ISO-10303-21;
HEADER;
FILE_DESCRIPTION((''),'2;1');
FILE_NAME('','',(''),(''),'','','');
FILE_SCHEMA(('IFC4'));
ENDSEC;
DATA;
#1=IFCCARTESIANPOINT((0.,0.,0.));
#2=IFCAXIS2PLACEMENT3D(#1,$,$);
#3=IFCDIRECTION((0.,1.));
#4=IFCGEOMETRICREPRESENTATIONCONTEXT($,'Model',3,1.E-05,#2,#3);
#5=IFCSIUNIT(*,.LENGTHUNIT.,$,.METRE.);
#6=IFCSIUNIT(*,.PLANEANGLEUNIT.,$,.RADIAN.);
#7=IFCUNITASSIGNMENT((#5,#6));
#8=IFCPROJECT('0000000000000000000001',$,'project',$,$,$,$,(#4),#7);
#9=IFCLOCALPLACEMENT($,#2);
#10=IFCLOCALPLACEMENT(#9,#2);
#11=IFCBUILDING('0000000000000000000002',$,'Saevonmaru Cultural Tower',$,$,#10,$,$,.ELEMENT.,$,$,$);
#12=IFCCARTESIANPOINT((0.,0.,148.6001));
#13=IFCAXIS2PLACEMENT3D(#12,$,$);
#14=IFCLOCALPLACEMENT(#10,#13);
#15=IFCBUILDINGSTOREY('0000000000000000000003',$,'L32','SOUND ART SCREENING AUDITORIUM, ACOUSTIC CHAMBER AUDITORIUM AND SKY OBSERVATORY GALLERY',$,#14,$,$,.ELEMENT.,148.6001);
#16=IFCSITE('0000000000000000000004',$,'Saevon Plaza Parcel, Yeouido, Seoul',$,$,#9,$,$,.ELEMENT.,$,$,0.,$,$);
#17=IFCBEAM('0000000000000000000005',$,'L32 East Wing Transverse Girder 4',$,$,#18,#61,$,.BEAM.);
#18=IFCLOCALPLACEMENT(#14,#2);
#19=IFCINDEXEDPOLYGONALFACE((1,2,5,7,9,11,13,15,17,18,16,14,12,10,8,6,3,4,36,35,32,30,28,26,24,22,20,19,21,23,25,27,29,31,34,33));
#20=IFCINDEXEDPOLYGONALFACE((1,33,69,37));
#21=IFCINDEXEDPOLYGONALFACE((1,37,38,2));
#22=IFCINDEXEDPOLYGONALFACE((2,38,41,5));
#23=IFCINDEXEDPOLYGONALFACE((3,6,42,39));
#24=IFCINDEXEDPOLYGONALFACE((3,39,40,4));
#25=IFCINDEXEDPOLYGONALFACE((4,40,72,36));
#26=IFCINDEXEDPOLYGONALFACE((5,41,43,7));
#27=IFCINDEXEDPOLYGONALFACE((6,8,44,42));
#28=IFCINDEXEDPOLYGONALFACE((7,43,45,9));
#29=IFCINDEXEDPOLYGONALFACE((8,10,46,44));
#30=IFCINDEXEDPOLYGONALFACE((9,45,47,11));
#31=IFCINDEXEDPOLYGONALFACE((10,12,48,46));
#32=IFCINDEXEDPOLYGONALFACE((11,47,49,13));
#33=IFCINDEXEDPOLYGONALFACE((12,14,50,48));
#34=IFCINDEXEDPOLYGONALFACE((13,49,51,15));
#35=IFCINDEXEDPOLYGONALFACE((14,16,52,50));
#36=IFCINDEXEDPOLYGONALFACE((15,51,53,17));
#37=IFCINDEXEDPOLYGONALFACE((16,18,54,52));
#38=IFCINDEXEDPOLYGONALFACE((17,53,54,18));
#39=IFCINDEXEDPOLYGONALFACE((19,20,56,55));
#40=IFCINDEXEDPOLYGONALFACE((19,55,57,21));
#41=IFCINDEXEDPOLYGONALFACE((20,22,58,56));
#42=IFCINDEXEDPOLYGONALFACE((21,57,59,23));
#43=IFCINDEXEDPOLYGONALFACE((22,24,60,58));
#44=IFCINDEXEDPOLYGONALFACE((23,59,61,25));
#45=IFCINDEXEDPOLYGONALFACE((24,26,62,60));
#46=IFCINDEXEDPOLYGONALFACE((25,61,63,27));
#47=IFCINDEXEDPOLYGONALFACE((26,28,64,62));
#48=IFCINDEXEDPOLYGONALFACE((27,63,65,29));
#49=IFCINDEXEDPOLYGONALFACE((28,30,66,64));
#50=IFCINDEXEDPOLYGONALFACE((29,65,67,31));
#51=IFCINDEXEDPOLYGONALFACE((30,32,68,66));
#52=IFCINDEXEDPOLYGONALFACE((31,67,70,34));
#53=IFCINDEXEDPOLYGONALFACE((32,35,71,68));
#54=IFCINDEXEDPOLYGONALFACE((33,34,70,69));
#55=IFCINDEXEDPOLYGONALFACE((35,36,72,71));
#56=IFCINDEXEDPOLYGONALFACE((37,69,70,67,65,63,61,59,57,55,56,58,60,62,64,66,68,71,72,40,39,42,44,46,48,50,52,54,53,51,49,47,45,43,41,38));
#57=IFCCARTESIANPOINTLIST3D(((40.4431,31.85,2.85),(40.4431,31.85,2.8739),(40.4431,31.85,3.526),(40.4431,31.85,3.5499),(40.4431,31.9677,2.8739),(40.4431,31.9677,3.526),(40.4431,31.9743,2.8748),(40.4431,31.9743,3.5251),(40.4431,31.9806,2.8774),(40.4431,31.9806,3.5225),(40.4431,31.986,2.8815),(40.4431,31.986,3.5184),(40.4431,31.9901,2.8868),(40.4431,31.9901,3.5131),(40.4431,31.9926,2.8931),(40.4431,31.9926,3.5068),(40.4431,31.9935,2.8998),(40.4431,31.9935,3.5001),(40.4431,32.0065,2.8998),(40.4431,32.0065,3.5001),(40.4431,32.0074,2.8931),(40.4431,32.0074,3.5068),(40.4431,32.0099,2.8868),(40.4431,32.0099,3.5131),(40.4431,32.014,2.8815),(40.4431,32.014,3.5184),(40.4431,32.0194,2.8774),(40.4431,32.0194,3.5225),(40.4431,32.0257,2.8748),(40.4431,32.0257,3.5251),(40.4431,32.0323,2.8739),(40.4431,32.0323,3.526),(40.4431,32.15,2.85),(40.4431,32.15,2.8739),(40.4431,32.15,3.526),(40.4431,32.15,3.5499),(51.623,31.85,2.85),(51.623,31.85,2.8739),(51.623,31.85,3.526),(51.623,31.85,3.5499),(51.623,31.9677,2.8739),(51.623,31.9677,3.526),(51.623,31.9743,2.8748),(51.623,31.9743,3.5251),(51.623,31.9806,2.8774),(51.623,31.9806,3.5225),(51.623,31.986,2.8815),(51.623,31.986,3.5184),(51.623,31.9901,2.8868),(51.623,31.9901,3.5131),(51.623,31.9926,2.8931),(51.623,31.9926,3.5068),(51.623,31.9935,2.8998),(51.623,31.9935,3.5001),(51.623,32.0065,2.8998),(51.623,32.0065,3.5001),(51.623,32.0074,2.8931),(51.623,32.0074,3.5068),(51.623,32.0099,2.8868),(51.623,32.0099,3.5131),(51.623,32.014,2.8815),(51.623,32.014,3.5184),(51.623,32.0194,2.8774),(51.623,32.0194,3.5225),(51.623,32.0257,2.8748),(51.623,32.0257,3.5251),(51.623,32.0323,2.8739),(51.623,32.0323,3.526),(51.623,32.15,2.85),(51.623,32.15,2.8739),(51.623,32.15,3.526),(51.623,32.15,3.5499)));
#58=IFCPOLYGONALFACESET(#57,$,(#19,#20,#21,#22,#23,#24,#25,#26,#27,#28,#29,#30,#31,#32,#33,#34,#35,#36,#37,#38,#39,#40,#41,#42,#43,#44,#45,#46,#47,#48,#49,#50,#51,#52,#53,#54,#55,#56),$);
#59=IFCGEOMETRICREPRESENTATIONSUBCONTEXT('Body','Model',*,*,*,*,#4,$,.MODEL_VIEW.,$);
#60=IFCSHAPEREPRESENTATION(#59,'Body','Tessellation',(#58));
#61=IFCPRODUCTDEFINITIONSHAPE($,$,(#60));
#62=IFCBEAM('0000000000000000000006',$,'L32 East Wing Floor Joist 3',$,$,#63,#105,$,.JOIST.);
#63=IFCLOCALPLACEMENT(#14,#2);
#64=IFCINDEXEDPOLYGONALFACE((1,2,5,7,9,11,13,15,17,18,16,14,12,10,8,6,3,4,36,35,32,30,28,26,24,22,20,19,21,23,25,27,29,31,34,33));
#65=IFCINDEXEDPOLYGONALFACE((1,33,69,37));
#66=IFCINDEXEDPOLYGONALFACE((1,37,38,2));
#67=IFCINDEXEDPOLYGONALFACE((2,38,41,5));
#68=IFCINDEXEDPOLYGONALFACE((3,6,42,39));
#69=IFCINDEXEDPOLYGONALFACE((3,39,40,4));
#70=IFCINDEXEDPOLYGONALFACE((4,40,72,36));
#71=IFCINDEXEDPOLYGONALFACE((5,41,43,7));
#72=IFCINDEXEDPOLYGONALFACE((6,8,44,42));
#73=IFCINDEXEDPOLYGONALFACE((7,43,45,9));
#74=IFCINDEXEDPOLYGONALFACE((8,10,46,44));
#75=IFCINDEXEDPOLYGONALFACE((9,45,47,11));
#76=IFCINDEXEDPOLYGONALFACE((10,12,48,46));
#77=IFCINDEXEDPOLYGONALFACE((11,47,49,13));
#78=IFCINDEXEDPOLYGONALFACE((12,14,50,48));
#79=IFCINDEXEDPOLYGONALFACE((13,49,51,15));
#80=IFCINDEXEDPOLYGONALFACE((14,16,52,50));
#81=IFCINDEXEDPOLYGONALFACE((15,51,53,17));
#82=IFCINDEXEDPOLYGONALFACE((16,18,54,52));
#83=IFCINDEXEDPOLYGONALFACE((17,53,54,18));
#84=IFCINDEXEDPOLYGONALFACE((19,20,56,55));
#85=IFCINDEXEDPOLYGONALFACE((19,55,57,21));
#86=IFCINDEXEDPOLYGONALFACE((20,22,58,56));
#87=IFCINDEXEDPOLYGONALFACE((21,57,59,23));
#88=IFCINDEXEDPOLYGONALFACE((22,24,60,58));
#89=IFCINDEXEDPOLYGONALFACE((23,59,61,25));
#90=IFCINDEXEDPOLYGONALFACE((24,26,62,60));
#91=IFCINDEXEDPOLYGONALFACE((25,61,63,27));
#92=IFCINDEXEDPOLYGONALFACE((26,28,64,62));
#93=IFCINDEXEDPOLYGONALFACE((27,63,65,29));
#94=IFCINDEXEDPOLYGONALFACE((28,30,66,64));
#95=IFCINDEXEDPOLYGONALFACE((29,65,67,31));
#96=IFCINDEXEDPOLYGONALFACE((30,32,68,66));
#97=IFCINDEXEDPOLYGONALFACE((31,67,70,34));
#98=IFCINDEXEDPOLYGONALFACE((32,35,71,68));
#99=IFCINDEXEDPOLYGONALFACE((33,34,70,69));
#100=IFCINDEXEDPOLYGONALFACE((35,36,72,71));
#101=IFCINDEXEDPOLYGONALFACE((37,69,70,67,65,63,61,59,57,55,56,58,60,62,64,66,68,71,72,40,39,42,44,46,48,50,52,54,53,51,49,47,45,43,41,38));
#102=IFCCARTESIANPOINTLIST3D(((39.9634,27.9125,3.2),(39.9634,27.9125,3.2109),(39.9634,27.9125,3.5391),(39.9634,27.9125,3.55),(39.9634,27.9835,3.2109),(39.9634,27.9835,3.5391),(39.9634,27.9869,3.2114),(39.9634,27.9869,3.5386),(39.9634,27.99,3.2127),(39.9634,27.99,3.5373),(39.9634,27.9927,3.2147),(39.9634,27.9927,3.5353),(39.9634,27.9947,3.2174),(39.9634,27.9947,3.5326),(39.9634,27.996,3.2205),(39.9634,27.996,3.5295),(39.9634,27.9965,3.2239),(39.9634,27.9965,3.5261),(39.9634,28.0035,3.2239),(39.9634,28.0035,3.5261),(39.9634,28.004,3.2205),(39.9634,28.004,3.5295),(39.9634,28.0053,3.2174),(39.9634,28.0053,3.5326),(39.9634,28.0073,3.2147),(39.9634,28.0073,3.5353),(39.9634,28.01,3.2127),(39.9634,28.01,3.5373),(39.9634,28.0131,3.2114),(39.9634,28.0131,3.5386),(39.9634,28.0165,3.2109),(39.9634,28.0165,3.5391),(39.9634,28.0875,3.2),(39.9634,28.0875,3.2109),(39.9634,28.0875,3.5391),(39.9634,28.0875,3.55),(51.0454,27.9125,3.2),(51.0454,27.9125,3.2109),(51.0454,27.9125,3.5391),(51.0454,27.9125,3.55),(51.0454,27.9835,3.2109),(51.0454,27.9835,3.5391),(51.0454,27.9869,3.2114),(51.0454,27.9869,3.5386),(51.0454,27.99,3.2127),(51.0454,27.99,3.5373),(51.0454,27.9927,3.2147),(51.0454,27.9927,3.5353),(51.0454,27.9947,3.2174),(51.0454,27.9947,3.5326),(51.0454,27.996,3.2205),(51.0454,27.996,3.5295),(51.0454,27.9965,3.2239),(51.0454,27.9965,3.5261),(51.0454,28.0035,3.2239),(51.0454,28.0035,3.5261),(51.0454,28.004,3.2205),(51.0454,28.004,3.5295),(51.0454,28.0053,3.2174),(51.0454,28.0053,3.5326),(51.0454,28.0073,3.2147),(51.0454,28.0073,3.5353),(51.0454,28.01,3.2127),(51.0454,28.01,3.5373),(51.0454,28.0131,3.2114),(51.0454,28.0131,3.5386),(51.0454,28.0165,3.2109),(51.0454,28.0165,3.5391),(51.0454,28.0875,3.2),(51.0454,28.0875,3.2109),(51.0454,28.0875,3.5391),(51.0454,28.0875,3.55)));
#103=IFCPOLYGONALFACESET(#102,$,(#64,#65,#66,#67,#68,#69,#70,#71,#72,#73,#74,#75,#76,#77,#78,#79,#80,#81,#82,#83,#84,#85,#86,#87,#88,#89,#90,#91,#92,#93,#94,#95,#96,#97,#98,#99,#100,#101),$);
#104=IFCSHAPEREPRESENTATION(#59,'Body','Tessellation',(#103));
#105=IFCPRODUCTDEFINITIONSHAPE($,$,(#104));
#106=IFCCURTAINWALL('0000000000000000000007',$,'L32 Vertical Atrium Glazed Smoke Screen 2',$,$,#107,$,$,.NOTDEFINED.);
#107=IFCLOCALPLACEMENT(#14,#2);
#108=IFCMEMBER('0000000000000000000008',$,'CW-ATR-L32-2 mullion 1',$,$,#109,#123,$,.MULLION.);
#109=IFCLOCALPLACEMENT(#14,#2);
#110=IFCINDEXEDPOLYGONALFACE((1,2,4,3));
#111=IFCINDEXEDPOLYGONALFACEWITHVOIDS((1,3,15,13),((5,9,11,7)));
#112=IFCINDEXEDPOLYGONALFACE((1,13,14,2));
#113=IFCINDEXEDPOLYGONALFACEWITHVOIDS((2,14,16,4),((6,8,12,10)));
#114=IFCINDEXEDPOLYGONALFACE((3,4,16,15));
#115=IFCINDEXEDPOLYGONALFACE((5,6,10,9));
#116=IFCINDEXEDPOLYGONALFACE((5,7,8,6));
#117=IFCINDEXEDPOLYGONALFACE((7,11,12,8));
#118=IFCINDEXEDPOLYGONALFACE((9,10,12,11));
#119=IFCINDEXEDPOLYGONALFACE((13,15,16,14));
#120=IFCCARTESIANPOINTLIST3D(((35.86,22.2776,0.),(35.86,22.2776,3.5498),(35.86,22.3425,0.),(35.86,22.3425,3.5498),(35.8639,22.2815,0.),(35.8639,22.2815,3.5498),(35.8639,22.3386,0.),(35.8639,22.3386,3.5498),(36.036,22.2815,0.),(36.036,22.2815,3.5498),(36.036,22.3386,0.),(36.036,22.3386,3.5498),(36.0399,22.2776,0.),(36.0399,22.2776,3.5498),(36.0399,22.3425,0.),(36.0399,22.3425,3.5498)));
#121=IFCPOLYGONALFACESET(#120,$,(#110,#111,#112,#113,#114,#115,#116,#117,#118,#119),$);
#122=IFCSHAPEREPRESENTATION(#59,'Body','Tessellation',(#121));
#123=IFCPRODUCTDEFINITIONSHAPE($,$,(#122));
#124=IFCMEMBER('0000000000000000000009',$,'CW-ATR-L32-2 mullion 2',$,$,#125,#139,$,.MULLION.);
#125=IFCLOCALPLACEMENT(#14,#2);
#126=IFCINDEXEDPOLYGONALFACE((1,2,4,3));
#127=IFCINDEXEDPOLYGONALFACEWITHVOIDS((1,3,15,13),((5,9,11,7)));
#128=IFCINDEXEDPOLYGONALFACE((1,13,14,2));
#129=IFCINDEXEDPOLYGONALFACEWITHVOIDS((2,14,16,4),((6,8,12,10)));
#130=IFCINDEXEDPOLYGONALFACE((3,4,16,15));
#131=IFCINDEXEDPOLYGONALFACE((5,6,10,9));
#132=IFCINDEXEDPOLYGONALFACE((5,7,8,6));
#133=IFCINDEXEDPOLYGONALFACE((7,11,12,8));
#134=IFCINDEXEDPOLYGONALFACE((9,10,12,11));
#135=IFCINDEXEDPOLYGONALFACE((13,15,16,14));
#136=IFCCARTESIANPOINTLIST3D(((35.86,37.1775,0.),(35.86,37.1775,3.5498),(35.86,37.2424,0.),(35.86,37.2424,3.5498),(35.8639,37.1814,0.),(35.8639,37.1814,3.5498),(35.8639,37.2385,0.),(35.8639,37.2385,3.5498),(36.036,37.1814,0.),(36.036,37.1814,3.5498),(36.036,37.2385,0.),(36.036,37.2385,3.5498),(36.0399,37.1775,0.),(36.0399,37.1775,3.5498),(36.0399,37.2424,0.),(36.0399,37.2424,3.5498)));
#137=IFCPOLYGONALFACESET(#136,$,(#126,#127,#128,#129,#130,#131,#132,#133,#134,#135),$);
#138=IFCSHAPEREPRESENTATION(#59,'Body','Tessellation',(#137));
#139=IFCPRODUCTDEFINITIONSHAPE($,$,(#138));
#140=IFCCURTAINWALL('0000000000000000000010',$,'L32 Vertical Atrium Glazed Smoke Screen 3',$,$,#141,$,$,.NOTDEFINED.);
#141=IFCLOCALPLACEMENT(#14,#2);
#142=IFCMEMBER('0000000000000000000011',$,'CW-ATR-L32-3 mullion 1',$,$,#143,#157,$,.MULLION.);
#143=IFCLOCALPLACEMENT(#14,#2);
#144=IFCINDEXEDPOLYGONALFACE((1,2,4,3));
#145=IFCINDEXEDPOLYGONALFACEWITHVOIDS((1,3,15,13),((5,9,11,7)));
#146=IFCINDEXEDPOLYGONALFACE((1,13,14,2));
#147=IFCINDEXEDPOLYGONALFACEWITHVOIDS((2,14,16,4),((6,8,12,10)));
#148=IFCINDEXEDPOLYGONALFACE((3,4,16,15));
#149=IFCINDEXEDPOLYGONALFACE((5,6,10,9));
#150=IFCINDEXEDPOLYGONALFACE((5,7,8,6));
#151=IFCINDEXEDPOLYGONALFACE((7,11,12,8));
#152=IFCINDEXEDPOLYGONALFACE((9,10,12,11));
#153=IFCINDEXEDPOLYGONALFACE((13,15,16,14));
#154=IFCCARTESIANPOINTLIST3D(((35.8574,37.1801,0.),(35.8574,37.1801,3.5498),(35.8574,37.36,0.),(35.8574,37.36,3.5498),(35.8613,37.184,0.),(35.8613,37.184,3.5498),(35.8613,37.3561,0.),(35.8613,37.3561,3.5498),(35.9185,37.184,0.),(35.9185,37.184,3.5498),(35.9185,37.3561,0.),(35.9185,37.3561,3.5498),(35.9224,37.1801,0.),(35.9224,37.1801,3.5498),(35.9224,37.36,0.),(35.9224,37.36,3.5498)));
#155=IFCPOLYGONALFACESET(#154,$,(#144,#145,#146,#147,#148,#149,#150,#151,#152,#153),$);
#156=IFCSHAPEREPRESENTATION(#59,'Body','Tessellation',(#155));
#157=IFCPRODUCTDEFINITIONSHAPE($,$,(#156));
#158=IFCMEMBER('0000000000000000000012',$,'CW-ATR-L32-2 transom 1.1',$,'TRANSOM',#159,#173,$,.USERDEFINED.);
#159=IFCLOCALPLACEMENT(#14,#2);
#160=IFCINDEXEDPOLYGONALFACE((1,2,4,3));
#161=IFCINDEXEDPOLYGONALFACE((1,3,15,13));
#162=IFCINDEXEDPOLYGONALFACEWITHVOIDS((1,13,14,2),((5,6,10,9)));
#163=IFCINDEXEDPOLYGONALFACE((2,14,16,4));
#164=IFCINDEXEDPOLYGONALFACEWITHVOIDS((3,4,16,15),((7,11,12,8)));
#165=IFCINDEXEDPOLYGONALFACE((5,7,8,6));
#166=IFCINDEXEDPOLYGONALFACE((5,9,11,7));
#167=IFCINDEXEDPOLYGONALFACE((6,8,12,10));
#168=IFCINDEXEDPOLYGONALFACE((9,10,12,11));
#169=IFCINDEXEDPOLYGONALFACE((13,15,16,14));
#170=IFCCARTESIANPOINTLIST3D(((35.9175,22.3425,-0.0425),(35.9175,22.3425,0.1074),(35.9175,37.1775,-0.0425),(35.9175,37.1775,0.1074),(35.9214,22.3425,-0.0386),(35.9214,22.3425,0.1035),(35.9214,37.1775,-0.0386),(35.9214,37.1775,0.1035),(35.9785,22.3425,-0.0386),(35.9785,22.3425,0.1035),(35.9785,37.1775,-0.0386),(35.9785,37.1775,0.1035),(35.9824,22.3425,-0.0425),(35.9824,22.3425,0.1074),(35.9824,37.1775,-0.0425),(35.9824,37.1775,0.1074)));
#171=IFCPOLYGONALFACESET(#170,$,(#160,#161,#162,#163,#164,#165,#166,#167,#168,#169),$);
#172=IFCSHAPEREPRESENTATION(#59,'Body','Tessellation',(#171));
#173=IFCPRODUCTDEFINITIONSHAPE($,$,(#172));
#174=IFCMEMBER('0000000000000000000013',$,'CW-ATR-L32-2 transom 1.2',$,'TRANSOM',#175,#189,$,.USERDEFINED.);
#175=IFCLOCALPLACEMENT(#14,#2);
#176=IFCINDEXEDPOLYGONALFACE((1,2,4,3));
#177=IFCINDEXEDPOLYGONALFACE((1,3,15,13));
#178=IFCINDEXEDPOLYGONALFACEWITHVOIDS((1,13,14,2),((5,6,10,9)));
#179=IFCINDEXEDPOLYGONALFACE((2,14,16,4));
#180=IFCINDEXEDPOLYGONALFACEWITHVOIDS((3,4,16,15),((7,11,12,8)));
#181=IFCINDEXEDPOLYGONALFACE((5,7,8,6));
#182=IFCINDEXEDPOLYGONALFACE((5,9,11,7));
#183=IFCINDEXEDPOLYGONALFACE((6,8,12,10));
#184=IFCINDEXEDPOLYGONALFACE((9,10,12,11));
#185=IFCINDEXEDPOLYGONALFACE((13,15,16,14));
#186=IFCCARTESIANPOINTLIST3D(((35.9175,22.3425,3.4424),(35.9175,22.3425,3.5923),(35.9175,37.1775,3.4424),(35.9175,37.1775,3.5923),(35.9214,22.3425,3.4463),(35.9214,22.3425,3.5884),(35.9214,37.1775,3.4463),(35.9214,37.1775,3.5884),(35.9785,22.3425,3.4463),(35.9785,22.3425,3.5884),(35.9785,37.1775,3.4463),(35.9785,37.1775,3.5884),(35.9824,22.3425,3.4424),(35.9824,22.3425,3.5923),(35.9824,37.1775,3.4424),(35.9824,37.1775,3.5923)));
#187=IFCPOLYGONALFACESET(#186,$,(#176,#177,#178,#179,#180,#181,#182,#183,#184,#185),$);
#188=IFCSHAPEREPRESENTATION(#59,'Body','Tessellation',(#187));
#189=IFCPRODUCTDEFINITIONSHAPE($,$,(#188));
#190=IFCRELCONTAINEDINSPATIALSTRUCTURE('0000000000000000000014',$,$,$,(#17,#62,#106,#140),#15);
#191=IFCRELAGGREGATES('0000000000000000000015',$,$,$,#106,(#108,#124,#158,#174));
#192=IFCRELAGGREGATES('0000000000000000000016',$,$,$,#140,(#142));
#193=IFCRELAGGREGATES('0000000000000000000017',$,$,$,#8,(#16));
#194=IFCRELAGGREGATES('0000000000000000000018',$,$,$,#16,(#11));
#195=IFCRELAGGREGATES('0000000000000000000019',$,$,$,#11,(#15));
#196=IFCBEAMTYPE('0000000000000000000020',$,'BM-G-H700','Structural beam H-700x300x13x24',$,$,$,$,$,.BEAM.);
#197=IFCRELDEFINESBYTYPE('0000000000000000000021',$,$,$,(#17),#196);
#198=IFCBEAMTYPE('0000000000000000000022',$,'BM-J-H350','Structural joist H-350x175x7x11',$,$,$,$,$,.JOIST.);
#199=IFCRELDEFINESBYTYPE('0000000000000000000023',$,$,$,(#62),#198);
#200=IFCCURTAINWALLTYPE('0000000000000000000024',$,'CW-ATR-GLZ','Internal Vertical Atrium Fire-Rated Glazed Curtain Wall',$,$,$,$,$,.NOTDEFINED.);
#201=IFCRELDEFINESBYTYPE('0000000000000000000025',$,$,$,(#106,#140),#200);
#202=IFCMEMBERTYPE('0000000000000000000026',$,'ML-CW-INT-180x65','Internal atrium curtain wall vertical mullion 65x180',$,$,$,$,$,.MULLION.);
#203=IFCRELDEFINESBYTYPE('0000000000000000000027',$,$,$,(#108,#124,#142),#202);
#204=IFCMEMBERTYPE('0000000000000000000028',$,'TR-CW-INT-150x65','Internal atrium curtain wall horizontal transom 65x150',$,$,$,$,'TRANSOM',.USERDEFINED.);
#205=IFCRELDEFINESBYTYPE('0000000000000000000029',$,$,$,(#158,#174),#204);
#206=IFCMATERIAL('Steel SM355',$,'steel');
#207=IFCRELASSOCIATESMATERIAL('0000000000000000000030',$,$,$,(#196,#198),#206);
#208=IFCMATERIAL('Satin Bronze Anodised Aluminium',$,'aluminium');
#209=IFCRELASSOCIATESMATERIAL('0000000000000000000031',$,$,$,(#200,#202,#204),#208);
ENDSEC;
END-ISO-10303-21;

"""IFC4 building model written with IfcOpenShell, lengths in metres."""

from ifc_helpers import new_model, si_unit, direction, frame, origin, origin_2d, place, context, subcontext, project, spatial, hollow_rectangle, i_section, extrude, material, material_profile, profile_set, type_object, element, aggregate, save


model = new_model("IFC4")

# Units and contexts
model_context = context("Model", 3, precision=1e-05, world=origin(), true_north=direction((0.0, 1.0)))
body_context = subcontext(model_context, "Body", "Model", "MODEL_VIEW")
ifc_project = project(units=[si_unit("LENGTHUNIT", "METRE"), si_unit("PLANEANGLEUNIT", "RADIAN")], contexts=[model_context])

# Site, building, storey
site_placement = place(None, origin())
site = spatial("IfcSite", under=ifc_project, at=site_placement, Name="Saevon Plaza Parcel, Yeouido, Seoul", CompositionType="ELEMENT", RefElevation=0.0)
building_placement = place(site_placement, origin())
building = spatial("IfcBuilding", under=site, at=building_placement, Name="Saevonmaru Cultural Tower", CompositionType="ELEMENT")
storey_placement = place(building_placement, frame((0.0, 0.0, 148.6001)))
storey = spatial("IfcBuildingStorey", under=building, at=storey_placement, Name="L32", Description="SOUND ART SCREENING AUDITORIUM, ACOUSTIC CHAMBER AUDITORIUM AND SKY OBSERVATORY GALLERY", CompositionType="ELEMENT", Elevation=148.6001)

# Shared definitions
ifc_material_1 = material(Name="Steel SM355", Category="steel")

# Beams
ifc_material_profile_1 = material_profile(ifc_material_1, i_section(OverallWidth=0.3, OverallDepth=0.7, WebThickness=0.0129, FlangeThickness=0.0239, FilletRadius=0.0259, at=origin_2d()), Name="H-700x300x13x24")
ifc_profile_set_1 = profile_set([ifc_material_profile_1], Name="Steel SM355")
beam_type_1 = type_object("IfcBeamType", Name="BM-G-H700", Description="Structural beam H-700x300x13x24", PredefinedType="BEAM", material=ifc_profile_set_1)
for number, where, z_axis, x_axis, name in (
    (1, (40.4431, 32.0, 3.2), (1.0, 0.0, 0.0), (0.0, 1.0, 0.0), "L32 East Wing Transverse Girder 4"),
):
    element("IfcBeam", number, at=place(storey_placement, frame(where, z_axis=z_axis, x_axis=x_axis)), inside=storey, type_object=beam_type_1, Name=name, PredefinedType="BEAM", context=body_context, shape_type="SweptSolid", body=[
        extrude(i_section(OverallWidth=0.3, OverallDepth=0.7, WebThickness=0.0129, FlangeThickness=0.0239, FilletRadius=0.0259, at=origin_2d()), origin(), (0.0, 0.0, 1.0), 11.1799),
    ])
ifc_material_profile_2 = material_profile(ifc_material_1, i_section(OverallWidth=0.175, OverallDepth=0.3501, WebThickness=0.0071, FlangeThickness=0.011, FilletRadius=0.0129, at=origin_2d()), Name="H-350x175x7x11")
ifc_profile_set_2 = profile_set([ifc_material_profile_2], Name="Steel SM355")
beam_type_2 = type_object("IfcBeamType", Name="BM-J-H350", Description="Structural joist H-350x175x7x11", PredefinedType="JOIST", material=ifc_profile_set_2)
beam_1_placement = place(storey_placement, frame((39.9634, 28.0, 3.375), z_axis=(1.0, 0.0, 0.0), x_axis=(0.0, 1.0, 0.0)))
element("IfcBeam", 2, at=beam_1_placement, inside=storey, type_object=beam_type_2, Name="L32 East Wing Floor Joist 3", PredefinedType="JOIST", context=body_context, shape_type="SweptSolid", body=[
    extrude(i_section(OverallWidth=0.175, OverallDepth=0.3501, WebThickness=0.0071, FlangeThickness=0.011, FilletRadius=0.0129, at=origin_2d()), origin(), (0.0, 0.0, 1.0), 11.082),
])

# Curtain wall, members
ifc_material_2 = material(Name="Satin Bronze Anodised Aluminium", Category="aluminium")
curtain_wall_type = type_object("IfcCurtainWallType", Name="CW-ATR-GLZ", Description="Internal Vertical Atrium Fire-Rated Glazed Curtain Wall", PredefinedType="NOTDEFINED", material=ifc_material_2)
curtain_wall_1_placement = place(storey_placement, origin())
curtain_wall_1 = element("IfcCurtainWall", 3, at=curtain_wall_1_placement, inside=storey, type_object=curtain_wall_type, Name="L32 Vertical Atrium Glazed Smoke Screen 2", PredefinedType="NOTDEFINED")
ifc_material_profile_3 = material_profile(ifc_material_2, hollow_rectangle(XDim=0.0649, YDim=0.1799, WallThickness=0.0039, at=origin_2d()), Name="ALU-MULL-180x65x4")
ifc_profile_set_3 = profile_set([ifc_material_profile_3], Name="Satin Bronze Anodised Aluminium")
member_type_1 = type_object("IfcMemberType", Name="ML-CW-INT-180x65", Description="Internal atrium curtain wall vertical mullion 65x180", PredefinedType="MULLION", material=ifc_profile_set_3)
member_1_placement = place(storey_placement, frame((35.95, 22.3101, 0.0), z_axis=(0.0, 0.0, 1.0), x_axis=(0.0, 1.0, 0.0)))
member_1 = element("IfcMember", 4, at=member_1_placement, type_object=member_type_1, Name="CW-ATR-L32-2 mullion 1", PredefinedType="MULLION", context=body_context, shape_type="SweptSolid", body=[
    extrude(hollow_rectangle(XDim=0.0649, YDim=0.1799, WallThickness=0.0039, at=origin_2d()), origin(), (0.0, 0.0, 1.0), 3.5498),
])
member_2_placement = place(storey_placement, frame((35.95, 37.21, 0.0), z_axis=(0.0, 0.0, 1.0), x_axis=(0.0, 1.0, 0.0)))
member_2 = element("IfcMember", 5, at=member_2_placement, type_object=member_type_1, Name="CW-ATR-L32-2 mullion 2", PredefinedType="MULLION", context=body_context, shape_type="SweptSolid", body=[
    extrude(hollow_rectangle(XDim=0.0649, YDim=0.1799, WallThickness=0.0039, at=origin_2d()), origin(), (0.0, 0.0, 1.0), 3.5498),
])

# Curtain wall, member
curtain_wall_2_placement = place(storey_placement, origin())
curtain_wall_2 = element("IfcCurtainWall", 6, at=curtain_wall_2_placement, inside=storey, type_object=curtain_wall_type, Name="L32 Vertical Atrium Glazed Smoke Screen 3", PredefinedType="NOTDEFINED")
member_3_placement = place(storey_placement, frame((35.8899, 37.27, 0.0), z_axis=(0.0, 0.0, 1.0), x_axis=(-1.0, 0.0, 0.0)))
member_3 = element("IfcMember", 7, at=member_3_placement, type_object=member_type_1, Name="CW-ATR-L32-3 mullion 1", PredefinedType="MULLION", context=body_context, shape_type="SweptSolid", body=[
    extrude(hollow_rectangle(XDim=0.0649, YDim=0.1799, WallThickness=0.0039, at=origin_2d()), origin(), (0.0, 0.0, 1.0), 3.5498),
])

# Members
ifc_material_profile_4 = material_profile(ifc_material_2, hollow_rectangle(XDim=0.0649, YDim=0.1499, WallThickness=0.0039, at=origin_2d()), Name="ALU-TRAN-150x65x4")
ifc_profile_set_4 = profile_set([ifc_material_profile_4], Name="Satin Bronze Anodised Aluminium")
member_type_2 = type_object("IfcMemberType", Name="TR-CW-INT-150x65", Description="Internal atrium curtain wall horizontal transom 65x150", ElementType="TRANSOM", PredefinedType="USERDEFINED", material=ifc_profile_set_4)
member_4_placement = place(storey_placement, frame((35.95, 22.3425, 0.0325), z_axis=(0.0, 1.0, 0.0), x_axis=(-1.0, 0.0, 0.0)))
member_4 = element("IfcMember", 8, at=member_4_placement, type_object=member_type_2, Name="CW-ATR-L32-2 transom 1.1", ObjectType="TRANSOM", PredefinedType="USERDEFINED", context=body_context, shape_type="SweptSolid", body=[
    extrude(hollow_rectangle(XDim=0.0649, YDim=0.1499, WallThickness=0.0039, at=origin_2d()), origin(), (0.0, 0.0, 1.0), 14.835),
])
member_5_placement = place(storey_placement, frame((35.95, 22.3425, 3.5173), z_axis=(0.0, 1.0, 0.0), x_axis=(-1.0, 0.0, 0.0)))
member_5 = element("IfcMember", 9, at=member_5_placement, type_object=member_type_2, Name="CW-ATR-L32-2 transom 1.2", ObjectType="TRANSOM", PredefinedType="USERDEFINED", context=body_context, shape_type="SweptSolid", body=[
    extrude(hollow_rectangle(XDim=0.0649, YDim=0.1499, WallThickness=0.0039, at=origin_2d()), origin(), (0.0, 0.0, 1.0), 14.835),
])

aggregate(curtain_wall_1, [member_1, member_2, member_4, member_5])
aggregate(curtain_wall_2, [member_3])

save(model, "model.ifc")
